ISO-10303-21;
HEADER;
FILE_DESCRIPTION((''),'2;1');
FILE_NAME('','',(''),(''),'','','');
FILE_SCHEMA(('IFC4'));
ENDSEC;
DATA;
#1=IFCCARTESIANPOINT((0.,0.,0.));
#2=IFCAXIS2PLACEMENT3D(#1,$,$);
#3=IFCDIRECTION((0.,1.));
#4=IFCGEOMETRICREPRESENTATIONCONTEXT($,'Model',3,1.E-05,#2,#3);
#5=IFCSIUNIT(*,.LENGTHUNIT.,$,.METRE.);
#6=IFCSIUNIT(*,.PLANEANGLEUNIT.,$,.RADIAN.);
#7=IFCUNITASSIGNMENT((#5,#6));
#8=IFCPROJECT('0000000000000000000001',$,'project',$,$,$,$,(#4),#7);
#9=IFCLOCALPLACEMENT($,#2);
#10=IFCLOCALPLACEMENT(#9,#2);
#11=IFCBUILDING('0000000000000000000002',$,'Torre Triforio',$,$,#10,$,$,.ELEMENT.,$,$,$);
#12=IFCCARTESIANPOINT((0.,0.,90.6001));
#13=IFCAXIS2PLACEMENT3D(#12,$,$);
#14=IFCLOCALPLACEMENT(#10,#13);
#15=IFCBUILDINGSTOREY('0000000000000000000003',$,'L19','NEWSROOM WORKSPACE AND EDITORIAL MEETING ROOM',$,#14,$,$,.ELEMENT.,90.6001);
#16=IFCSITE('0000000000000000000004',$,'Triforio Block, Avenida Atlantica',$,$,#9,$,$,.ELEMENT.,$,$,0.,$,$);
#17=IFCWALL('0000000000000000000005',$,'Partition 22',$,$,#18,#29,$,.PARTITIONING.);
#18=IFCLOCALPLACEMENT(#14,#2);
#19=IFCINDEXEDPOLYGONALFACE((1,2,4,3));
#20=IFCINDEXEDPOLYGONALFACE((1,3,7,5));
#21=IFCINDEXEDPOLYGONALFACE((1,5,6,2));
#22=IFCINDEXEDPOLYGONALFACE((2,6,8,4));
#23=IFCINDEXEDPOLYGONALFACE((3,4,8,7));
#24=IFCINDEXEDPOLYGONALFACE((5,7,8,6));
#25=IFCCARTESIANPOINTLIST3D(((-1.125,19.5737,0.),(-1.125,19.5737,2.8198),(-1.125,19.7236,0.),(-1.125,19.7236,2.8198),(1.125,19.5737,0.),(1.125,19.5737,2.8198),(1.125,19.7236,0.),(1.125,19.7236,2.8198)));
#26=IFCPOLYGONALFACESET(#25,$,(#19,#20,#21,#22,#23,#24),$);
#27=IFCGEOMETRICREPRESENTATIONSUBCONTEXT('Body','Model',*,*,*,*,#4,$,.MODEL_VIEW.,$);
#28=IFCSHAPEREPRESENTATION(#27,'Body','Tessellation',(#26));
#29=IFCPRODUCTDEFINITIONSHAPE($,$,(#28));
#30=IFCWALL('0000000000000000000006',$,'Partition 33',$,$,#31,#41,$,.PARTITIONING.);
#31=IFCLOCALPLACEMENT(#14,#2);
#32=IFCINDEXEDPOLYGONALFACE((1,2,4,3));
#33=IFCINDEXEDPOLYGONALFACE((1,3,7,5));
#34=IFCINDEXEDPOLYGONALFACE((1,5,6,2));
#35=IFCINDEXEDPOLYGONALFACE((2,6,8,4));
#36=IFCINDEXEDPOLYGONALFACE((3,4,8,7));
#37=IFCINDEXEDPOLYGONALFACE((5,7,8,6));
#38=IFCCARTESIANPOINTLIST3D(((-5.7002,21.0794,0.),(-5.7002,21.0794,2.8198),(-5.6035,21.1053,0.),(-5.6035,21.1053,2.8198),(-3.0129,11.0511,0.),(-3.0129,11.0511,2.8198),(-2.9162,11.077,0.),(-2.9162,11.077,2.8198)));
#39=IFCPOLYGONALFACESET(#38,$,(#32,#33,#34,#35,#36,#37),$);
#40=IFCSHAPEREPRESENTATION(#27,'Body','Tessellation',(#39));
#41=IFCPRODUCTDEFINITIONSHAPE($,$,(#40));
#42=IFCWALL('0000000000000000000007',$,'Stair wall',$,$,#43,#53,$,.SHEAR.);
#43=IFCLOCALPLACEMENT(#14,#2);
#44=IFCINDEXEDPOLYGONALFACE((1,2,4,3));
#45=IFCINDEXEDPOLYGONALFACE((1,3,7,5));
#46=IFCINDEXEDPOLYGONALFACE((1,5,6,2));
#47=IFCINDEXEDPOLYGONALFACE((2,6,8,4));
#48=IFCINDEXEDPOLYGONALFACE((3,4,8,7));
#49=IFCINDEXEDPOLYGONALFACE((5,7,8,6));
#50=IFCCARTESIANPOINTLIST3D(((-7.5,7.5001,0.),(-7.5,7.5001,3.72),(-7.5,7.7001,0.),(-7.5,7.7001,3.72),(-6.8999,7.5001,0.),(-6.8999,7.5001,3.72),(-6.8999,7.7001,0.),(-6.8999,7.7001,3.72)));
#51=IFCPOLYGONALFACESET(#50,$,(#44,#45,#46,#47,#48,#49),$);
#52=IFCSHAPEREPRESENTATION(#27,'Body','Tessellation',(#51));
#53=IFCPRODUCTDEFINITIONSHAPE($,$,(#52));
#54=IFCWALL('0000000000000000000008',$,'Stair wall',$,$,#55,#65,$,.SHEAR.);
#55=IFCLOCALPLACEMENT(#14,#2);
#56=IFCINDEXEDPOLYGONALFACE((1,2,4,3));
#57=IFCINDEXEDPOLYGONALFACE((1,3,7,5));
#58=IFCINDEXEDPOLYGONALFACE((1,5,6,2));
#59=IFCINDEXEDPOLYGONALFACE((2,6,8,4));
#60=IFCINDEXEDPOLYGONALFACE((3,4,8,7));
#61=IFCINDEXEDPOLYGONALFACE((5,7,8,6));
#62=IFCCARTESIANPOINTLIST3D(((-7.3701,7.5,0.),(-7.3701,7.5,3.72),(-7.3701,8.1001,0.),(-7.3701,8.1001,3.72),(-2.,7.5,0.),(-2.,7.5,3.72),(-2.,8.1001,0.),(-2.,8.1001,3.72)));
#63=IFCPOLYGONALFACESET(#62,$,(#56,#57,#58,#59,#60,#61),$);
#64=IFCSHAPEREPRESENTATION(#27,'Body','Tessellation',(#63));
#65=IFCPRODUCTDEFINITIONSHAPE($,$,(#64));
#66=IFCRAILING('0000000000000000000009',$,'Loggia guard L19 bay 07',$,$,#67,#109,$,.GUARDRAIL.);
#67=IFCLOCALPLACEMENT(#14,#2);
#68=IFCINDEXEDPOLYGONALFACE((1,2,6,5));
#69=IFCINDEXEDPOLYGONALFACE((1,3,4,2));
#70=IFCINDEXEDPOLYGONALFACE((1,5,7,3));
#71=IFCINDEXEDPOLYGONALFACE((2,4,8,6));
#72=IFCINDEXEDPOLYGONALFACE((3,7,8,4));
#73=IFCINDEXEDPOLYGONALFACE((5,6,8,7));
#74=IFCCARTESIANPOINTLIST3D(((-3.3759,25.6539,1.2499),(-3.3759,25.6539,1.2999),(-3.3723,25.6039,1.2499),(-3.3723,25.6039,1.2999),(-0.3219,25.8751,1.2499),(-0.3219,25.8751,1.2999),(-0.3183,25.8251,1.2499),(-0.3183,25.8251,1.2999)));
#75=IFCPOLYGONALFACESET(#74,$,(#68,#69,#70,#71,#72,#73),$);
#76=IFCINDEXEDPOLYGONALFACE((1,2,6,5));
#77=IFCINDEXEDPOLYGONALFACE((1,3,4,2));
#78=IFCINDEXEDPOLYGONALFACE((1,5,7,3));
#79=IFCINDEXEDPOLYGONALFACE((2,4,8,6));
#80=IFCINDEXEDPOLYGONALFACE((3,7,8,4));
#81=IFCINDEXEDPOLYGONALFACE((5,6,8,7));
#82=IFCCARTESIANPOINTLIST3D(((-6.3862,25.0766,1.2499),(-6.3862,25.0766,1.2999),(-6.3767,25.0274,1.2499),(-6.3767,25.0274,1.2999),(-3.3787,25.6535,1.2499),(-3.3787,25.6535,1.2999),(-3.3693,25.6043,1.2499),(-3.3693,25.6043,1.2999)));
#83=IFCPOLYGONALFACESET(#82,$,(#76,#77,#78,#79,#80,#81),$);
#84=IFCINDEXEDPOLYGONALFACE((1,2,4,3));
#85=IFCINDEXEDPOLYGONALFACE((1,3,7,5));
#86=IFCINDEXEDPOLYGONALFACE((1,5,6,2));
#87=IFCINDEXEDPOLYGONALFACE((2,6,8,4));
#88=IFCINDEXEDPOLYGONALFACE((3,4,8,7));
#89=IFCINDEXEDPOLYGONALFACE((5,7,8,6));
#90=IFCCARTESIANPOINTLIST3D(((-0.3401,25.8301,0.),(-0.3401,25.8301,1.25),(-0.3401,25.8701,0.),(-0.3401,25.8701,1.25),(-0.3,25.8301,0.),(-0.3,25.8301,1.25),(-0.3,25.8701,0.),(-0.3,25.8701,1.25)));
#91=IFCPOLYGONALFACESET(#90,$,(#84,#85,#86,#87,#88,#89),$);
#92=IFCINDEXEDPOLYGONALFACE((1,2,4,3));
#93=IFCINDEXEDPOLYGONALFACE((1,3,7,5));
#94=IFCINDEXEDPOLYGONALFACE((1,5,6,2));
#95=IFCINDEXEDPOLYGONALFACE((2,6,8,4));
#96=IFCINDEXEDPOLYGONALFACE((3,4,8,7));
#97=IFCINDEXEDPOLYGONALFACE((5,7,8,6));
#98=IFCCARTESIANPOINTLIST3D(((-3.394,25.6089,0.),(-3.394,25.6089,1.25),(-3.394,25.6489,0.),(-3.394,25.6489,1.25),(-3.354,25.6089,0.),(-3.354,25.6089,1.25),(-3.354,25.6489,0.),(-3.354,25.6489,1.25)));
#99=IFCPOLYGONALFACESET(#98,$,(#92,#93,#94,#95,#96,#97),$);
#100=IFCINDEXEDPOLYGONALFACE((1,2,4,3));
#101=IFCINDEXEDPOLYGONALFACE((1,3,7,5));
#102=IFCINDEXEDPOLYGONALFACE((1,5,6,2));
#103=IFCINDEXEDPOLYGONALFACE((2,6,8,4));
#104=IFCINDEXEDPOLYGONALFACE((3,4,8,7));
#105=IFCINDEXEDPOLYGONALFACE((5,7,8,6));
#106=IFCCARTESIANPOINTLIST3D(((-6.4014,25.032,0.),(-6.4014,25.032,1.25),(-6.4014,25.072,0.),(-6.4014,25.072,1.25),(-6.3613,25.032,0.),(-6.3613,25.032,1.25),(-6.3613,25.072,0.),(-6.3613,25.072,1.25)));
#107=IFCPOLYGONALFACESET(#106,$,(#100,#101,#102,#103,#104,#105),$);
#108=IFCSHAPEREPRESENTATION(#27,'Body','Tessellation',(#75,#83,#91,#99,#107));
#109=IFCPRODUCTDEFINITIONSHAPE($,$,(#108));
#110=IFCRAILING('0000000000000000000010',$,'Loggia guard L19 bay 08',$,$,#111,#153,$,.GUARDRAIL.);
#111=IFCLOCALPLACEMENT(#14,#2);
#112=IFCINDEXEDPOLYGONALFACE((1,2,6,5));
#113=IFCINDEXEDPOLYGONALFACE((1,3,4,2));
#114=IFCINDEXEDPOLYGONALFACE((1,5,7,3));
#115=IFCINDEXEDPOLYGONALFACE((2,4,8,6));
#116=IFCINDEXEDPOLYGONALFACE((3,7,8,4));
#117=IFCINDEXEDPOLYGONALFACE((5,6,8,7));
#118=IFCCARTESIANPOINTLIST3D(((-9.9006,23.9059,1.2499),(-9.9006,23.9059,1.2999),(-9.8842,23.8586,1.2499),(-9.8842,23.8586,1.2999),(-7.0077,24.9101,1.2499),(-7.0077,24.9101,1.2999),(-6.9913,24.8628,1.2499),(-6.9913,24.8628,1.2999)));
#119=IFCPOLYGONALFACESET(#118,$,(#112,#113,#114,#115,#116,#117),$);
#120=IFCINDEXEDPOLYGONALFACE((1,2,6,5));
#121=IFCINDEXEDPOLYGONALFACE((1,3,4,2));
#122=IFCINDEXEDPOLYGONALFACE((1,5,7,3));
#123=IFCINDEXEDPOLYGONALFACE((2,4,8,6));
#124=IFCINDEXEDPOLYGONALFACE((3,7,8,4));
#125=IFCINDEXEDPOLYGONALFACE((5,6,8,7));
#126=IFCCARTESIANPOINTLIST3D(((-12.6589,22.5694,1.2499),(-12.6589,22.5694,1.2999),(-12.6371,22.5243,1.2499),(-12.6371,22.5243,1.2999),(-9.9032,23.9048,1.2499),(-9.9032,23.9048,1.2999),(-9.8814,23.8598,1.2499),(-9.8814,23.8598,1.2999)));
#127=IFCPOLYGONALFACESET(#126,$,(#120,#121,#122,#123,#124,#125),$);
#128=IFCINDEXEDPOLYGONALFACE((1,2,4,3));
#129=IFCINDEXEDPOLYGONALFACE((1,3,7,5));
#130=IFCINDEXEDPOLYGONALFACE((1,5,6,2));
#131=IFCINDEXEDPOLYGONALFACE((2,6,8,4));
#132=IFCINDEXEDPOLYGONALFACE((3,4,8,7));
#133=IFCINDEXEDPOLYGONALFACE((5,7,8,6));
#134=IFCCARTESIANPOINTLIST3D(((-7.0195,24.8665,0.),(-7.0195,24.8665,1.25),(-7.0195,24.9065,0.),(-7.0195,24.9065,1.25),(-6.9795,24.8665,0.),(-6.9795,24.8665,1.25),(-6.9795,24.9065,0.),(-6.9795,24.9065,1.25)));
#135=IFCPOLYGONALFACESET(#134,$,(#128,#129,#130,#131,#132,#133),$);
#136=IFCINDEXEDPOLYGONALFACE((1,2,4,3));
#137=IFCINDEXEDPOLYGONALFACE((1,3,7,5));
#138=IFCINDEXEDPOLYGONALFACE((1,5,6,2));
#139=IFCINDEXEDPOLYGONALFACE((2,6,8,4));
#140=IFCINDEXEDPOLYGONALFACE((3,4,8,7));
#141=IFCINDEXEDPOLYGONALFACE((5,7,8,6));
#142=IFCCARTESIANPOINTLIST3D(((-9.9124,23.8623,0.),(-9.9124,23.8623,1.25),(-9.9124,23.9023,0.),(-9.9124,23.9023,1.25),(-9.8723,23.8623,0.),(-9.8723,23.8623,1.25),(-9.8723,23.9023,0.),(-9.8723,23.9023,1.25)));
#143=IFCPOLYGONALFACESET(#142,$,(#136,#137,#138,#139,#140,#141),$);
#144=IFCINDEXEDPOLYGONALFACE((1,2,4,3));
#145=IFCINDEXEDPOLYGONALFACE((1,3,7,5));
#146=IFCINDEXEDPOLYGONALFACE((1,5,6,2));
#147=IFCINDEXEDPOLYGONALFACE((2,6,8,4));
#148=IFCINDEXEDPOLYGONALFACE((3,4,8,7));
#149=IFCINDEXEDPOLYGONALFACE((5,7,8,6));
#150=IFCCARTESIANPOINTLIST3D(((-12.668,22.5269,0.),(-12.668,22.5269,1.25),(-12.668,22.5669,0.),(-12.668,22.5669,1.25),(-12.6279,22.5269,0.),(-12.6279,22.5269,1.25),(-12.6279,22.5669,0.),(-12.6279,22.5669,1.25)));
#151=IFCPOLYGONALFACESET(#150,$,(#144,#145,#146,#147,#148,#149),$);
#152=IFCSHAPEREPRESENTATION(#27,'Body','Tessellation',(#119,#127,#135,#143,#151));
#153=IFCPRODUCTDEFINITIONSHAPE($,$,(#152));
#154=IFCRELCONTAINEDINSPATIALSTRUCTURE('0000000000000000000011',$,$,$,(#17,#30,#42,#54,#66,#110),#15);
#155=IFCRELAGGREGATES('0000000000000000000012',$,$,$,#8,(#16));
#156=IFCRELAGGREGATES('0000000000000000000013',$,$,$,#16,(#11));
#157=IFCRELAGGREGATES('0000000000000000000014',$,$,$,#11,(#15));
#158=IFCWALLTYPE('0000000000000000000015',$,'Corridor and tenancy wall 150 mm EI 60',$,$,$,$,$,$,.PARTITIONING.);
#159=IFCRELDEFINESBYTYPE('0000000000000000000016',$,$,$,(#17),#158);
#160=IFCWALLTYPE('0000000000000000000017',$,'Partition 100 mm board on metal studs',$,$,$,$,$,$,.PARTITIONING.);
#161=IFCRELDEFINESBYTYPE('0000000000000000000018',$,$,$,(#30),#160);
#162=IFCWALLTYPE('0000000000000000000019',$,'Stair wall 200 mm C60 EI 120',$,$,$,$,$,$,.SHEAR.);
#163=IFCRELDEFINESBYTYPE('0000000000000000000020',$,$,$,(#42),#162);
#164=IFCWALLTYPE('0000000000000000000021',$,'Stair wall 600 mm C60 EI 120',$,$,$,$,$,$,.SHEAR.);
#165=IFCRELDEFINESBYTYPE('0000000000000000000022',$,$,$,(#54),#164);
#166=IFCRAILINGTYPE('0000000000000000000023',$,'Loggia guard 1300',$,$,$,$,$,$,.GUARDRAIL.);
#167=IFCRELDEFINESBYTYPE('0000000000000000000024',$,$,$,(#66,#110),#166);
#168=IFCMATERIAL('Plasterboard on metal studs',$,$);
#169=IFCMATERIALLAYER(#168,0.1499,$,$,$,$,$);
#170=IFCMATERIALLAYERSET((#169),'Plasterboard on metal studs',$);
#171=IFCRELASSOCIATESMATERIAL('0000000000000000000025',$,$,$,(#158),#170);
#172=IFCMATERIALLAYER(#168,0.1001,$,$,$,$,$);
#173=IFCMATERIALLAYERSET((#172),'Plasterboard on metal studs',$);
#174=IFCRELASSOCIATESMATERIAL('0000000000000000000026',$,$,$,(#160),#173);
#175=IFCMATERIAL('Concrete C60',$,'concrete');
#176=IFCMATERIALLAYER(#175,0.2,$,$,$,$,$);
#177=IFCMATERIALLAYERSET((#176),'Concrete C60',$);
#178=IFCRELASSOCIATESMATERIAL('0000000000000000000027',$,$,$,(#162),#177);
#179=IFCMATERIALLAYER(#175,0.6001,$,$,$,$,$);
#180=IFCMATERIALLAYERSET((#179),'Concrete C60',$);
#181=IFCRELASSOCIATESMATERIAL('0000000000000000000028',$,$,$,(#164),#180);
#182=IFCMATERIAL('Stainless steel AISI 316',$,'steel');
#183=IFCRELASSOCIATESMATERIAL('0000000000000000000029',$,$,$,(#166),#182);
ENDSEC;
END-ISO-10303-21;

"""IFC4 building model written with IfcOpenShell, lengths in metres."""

from ifc_helpers import new_model, si_unit, direction, frame, frame_2d, origin, origin_2d, place, context, subcontext, project, spatial, rectangle, extrude, material, layer, layer_set, type_object, element, save


model = new_model("IFC4")

# Units and contexts
model_context = context("Model", 3, precision=1e-05, world=origin(), true_north=direction((0.0, 1.0)))
body_context = subcontext(model_context, "Body", "Model", "MODEL_VIEW")
ifc_project = project(units=[si_unit("LENGTHUNIT", "METRE"), si_unit("PLANEANGLEUNIT", "RADIAN")], contexts=[model_context])

# Site, building, storey
site_placement = place(None, origin())
site = spatial("IfcSite", under=ifc_project, at=site_placement, Name="Triforio Block, Avenida Atlantica", CompositionType="ELEMENT", RefElevation=0.0)
building_placement = place(site_placement, origin())
building = spatial("IfcBuilding", under=site, at=building_placement, Name="Torre Triforio", CompositionType="ELEMENT")
storey_placement = place(building_placement, frame((0.0, 0.0, 90.6001)))
storey = spatial("IfcBuildingStorey", under=building, at=storey_placement, Name="L19", Description="NEWSROOM WORKSPACE AND EDITORIAL MEETING ROOM", CompositionType="ELEMENT", Elevation=90.6001)

# Shared definitions
ifc_material_1 = material(Name="Concrete C60", Category="concrete")

# Shared definitions
ifc_material_2 = material(Name="Plasterboard on metal studs")
ifc_layer_1 = layer(ifc_material_2, 0.1499)
ifc_layer_set_1 = layer_set([ifc_layer_1], Name="Plasterboard on metal studs")
wall_type_1 = type_object("IfcWallType", Name="Corridor and tenancy wall 150 mm EI 60", PredefinedType="PARTITIONING", material=ifc_layer_set_1)

# Walls
wall_1_placement = place(storey_placement, frame((-1.125, 19.6487, 0.0), z_axis=(0.0, 0.0, 1.0), x_axis=(1.0, 0.0, 0.0)))
element("IfcWall", 1, at=wall_1_placement, inside=storey, type_object=wall_type_1, Name="Partition 22", PredefinedType="PARTITIONING", context=body_context, shape_type="SweptSolid", body=[
    extrude(rectangle(XDim=2.25, YDim=0.1499, at=frame_2d((1.125, 0.0))), origin(), (0.0, 0.0, 1.0), 2.8198),
])
ifc_layer_2 = layer(ifc_material_2, 0.1001)
ifc_layer_set_2 = layer_set([ifc_layer_2], Name="Plasterboard on metal studs")
wall_type_2 = type_object("IfcWallType", Name="Partition 100 mm board on metal studs", PredefinedType="PARTITIONING", material=ifc_layer_set_2)
wall_2_placement = place(storey_placement, frame((-2.9646, 11.0642, 0.0), z_axis=(0.0, 0.0, 1.0), x_axis=(-0.258835, 0.965922, 0.0)))
element("IfcWall", 2, at=wall_2_placement, inside=storey, type_object=wall_type_2, Name="Partition 33", PredefinedType="PARTITIONING", context=body_context, shape_type="SweptSolid", body=[
    extrude(rectangle(XDim=10.3821, YDim=0.1001, at=frame_2d((5.1909, 0.0))), origin(), (0.0, 0.0, 1.0), 2.8198),
])
ifc_layer_3 = layer(ifc_material_1, 0.2)
ifc_layer_set_3 = layer_set([ifc_layer_3], Name="Concrete C60")
wall_type_3 = type_object("IfcWallType", Name="Stair wall 200 mm C60 EI 120", PredefinedType="SHEAR", material=ifc_layer_set_3)
wall_3_placement = place(storey_placement, frame((-7.5, 7.6001, 0.0), z_axis=(0.0, 0.0, 1.0), x_axis=(1.0, 0.0, 0.0)))
element("IfcWall", 3, at=wall_3_placement, inside=storey, type_object=wall_type_3, Name="Stair wall", PredefinedType="SHEAR", context=body_context, shape_type="SweptSolid", body=[
    extrude(rectangle(XDim=0.6001, YDim=0.2, at=frame_2d((0.3, 0.0))), origin(), (0.0, 0.0, 1.0), 3.72),
])
ifc_layer_4 = layer(ifc_material_1, 0.6001)
ifc_layer_set_4 = layer_set([ifc_layer_4], Name="Concrete C60")
wall_type_4 = type_object("IfcWallType", Name="Stair wall 600 mm C60 EI 120", PredefinedType="SHEAR", material=ifc_layer_set_4)
wall_4_placement = place(storey_placement, frame((-7.3701, 7.8, 0.0), z_axis=(0.0, 0.0, 1.0), x_axis=(1.0, 0.0, 0.0)))
element("IfcWall", 4, at=wall_4_placement, inside=storey, type_object=wall_type_4, Name="Stair wall", PredefinedType="SHEAR", context=body_context, shape_type="SweptSolid", body=[
    extrude(rectangle(XDim=5.3701, YDim=0.6001, at=frame_2d((2.6851, 0.0))), origin(), (0.0, 0.0, 1.0), 3.72),
])

# Railings
ifc_material_3 = material(Name="Stainless steel AISI 316", Category="steel")
railing_type = type_object("IfcRailingType", Name="Loggia guard 1300", PredefinedType="GUARDRAIL", material=ifc_material_3)
railing_1_placement = place(storey_placement, frame((-0.3201, 25.8501, 0.0)))
element("IfcRailing", 5, at=railing_1_placement, inside=storey, type_object=railing_type, Name="Loggia guard L19 bay 07", PredefinedType="GUARDRAIL", context=body_context, shape_type="SweptSolid", body=[
    extrude(rectangle(XDim=0.05, YDim=0.05, at=origin_2d()), frame((0.0, 0.0, 1.2749), z_axis=(-0.997387, -0.072239, 0.0), x_axis=(0.072239, -0.997387, 0.0)), (0.0, 0.0, 1.0), 3.062),
    extrude(rectangle(XDim=0.05, YDim=0.05, at=origin_2d()), frame((-3.054, -0.2212, 1.2749), z_axis=(-0.982093, -0.188398, 0.0), x_axis=(0.188398, -0.982093, 0.0)), (0.0, 0.0, 1.0), 3.0623),
    extrude(rectangle(XDim=0.04, YDim=0.04, at=origin_2d()), origin(), (0.0, 0.0, 1.0), 1.25),
    extrude(rectangle(XDim=0.04, YDim=0.04, at=origin_2d()), frame((-3.054, -0.2212, 0.0)), (0.0, 0.0, 1.0), 1.25),
    extrude(rectangle(XDim=0.04, YDim=0.04, at=origin_2d()), frame((-6.0613, -0.7981, 0.0)), (0.0, 0.0, 1.0), 1.25),
])
railing_2_placement = place(storey_placement, frame((-6.9995, 24.8865, 0.0)))
element("IfcRailing", 6, at=railing_2_placement, inside=storey, type_object=railing_type, Name="Loggia guard L19 bay 08", PredefinedType="GUARDRAIL", context=body_context, shape_type="SweptSolid", body=[
    extrude(rectangle(XDim=0.05, YDim=0.05, at=origin_2d()), frame((0.0, 0.0, 1.2749), z_axis=(-0.944704, -0.327924, 0.0), x_axis=(0.327924, -0.944704, 0.0)), (0.0, 0.0, 1.0), 3.0623),
    extrude(rectangle(XDim=0.05, YDim=0.05, at=origin_2d()), frame((-2.8928, -1.0042, 1.2749), z_axis=(-0.899892, -0.436113, 0.0), x_axis=(0.436113, -0.899892, 0.0)), (0.0, 0.0, 1.0), 3.0623),
    extrude(rectangle(XDim=0.04, YDim=0.04, at=origin_2d()), origin(), (0.0, 0.0, 1.0), 1.25),
    extrude(rectangle(XDim=0.04, YDim=0.04, at=origin_2d()), frame((-2.8928, -1.0042, 0.0)), (0.0, 0.0, 1.0), 1.25),
    extrude(rectangle(XDim=0.04, YDim=0.04, at=origin_2d()), frame((-5.6484, -2.3396, 0.0)), (0.0, 0.0, 1.0), 1.25),
])

save(model, "model.ifc")
